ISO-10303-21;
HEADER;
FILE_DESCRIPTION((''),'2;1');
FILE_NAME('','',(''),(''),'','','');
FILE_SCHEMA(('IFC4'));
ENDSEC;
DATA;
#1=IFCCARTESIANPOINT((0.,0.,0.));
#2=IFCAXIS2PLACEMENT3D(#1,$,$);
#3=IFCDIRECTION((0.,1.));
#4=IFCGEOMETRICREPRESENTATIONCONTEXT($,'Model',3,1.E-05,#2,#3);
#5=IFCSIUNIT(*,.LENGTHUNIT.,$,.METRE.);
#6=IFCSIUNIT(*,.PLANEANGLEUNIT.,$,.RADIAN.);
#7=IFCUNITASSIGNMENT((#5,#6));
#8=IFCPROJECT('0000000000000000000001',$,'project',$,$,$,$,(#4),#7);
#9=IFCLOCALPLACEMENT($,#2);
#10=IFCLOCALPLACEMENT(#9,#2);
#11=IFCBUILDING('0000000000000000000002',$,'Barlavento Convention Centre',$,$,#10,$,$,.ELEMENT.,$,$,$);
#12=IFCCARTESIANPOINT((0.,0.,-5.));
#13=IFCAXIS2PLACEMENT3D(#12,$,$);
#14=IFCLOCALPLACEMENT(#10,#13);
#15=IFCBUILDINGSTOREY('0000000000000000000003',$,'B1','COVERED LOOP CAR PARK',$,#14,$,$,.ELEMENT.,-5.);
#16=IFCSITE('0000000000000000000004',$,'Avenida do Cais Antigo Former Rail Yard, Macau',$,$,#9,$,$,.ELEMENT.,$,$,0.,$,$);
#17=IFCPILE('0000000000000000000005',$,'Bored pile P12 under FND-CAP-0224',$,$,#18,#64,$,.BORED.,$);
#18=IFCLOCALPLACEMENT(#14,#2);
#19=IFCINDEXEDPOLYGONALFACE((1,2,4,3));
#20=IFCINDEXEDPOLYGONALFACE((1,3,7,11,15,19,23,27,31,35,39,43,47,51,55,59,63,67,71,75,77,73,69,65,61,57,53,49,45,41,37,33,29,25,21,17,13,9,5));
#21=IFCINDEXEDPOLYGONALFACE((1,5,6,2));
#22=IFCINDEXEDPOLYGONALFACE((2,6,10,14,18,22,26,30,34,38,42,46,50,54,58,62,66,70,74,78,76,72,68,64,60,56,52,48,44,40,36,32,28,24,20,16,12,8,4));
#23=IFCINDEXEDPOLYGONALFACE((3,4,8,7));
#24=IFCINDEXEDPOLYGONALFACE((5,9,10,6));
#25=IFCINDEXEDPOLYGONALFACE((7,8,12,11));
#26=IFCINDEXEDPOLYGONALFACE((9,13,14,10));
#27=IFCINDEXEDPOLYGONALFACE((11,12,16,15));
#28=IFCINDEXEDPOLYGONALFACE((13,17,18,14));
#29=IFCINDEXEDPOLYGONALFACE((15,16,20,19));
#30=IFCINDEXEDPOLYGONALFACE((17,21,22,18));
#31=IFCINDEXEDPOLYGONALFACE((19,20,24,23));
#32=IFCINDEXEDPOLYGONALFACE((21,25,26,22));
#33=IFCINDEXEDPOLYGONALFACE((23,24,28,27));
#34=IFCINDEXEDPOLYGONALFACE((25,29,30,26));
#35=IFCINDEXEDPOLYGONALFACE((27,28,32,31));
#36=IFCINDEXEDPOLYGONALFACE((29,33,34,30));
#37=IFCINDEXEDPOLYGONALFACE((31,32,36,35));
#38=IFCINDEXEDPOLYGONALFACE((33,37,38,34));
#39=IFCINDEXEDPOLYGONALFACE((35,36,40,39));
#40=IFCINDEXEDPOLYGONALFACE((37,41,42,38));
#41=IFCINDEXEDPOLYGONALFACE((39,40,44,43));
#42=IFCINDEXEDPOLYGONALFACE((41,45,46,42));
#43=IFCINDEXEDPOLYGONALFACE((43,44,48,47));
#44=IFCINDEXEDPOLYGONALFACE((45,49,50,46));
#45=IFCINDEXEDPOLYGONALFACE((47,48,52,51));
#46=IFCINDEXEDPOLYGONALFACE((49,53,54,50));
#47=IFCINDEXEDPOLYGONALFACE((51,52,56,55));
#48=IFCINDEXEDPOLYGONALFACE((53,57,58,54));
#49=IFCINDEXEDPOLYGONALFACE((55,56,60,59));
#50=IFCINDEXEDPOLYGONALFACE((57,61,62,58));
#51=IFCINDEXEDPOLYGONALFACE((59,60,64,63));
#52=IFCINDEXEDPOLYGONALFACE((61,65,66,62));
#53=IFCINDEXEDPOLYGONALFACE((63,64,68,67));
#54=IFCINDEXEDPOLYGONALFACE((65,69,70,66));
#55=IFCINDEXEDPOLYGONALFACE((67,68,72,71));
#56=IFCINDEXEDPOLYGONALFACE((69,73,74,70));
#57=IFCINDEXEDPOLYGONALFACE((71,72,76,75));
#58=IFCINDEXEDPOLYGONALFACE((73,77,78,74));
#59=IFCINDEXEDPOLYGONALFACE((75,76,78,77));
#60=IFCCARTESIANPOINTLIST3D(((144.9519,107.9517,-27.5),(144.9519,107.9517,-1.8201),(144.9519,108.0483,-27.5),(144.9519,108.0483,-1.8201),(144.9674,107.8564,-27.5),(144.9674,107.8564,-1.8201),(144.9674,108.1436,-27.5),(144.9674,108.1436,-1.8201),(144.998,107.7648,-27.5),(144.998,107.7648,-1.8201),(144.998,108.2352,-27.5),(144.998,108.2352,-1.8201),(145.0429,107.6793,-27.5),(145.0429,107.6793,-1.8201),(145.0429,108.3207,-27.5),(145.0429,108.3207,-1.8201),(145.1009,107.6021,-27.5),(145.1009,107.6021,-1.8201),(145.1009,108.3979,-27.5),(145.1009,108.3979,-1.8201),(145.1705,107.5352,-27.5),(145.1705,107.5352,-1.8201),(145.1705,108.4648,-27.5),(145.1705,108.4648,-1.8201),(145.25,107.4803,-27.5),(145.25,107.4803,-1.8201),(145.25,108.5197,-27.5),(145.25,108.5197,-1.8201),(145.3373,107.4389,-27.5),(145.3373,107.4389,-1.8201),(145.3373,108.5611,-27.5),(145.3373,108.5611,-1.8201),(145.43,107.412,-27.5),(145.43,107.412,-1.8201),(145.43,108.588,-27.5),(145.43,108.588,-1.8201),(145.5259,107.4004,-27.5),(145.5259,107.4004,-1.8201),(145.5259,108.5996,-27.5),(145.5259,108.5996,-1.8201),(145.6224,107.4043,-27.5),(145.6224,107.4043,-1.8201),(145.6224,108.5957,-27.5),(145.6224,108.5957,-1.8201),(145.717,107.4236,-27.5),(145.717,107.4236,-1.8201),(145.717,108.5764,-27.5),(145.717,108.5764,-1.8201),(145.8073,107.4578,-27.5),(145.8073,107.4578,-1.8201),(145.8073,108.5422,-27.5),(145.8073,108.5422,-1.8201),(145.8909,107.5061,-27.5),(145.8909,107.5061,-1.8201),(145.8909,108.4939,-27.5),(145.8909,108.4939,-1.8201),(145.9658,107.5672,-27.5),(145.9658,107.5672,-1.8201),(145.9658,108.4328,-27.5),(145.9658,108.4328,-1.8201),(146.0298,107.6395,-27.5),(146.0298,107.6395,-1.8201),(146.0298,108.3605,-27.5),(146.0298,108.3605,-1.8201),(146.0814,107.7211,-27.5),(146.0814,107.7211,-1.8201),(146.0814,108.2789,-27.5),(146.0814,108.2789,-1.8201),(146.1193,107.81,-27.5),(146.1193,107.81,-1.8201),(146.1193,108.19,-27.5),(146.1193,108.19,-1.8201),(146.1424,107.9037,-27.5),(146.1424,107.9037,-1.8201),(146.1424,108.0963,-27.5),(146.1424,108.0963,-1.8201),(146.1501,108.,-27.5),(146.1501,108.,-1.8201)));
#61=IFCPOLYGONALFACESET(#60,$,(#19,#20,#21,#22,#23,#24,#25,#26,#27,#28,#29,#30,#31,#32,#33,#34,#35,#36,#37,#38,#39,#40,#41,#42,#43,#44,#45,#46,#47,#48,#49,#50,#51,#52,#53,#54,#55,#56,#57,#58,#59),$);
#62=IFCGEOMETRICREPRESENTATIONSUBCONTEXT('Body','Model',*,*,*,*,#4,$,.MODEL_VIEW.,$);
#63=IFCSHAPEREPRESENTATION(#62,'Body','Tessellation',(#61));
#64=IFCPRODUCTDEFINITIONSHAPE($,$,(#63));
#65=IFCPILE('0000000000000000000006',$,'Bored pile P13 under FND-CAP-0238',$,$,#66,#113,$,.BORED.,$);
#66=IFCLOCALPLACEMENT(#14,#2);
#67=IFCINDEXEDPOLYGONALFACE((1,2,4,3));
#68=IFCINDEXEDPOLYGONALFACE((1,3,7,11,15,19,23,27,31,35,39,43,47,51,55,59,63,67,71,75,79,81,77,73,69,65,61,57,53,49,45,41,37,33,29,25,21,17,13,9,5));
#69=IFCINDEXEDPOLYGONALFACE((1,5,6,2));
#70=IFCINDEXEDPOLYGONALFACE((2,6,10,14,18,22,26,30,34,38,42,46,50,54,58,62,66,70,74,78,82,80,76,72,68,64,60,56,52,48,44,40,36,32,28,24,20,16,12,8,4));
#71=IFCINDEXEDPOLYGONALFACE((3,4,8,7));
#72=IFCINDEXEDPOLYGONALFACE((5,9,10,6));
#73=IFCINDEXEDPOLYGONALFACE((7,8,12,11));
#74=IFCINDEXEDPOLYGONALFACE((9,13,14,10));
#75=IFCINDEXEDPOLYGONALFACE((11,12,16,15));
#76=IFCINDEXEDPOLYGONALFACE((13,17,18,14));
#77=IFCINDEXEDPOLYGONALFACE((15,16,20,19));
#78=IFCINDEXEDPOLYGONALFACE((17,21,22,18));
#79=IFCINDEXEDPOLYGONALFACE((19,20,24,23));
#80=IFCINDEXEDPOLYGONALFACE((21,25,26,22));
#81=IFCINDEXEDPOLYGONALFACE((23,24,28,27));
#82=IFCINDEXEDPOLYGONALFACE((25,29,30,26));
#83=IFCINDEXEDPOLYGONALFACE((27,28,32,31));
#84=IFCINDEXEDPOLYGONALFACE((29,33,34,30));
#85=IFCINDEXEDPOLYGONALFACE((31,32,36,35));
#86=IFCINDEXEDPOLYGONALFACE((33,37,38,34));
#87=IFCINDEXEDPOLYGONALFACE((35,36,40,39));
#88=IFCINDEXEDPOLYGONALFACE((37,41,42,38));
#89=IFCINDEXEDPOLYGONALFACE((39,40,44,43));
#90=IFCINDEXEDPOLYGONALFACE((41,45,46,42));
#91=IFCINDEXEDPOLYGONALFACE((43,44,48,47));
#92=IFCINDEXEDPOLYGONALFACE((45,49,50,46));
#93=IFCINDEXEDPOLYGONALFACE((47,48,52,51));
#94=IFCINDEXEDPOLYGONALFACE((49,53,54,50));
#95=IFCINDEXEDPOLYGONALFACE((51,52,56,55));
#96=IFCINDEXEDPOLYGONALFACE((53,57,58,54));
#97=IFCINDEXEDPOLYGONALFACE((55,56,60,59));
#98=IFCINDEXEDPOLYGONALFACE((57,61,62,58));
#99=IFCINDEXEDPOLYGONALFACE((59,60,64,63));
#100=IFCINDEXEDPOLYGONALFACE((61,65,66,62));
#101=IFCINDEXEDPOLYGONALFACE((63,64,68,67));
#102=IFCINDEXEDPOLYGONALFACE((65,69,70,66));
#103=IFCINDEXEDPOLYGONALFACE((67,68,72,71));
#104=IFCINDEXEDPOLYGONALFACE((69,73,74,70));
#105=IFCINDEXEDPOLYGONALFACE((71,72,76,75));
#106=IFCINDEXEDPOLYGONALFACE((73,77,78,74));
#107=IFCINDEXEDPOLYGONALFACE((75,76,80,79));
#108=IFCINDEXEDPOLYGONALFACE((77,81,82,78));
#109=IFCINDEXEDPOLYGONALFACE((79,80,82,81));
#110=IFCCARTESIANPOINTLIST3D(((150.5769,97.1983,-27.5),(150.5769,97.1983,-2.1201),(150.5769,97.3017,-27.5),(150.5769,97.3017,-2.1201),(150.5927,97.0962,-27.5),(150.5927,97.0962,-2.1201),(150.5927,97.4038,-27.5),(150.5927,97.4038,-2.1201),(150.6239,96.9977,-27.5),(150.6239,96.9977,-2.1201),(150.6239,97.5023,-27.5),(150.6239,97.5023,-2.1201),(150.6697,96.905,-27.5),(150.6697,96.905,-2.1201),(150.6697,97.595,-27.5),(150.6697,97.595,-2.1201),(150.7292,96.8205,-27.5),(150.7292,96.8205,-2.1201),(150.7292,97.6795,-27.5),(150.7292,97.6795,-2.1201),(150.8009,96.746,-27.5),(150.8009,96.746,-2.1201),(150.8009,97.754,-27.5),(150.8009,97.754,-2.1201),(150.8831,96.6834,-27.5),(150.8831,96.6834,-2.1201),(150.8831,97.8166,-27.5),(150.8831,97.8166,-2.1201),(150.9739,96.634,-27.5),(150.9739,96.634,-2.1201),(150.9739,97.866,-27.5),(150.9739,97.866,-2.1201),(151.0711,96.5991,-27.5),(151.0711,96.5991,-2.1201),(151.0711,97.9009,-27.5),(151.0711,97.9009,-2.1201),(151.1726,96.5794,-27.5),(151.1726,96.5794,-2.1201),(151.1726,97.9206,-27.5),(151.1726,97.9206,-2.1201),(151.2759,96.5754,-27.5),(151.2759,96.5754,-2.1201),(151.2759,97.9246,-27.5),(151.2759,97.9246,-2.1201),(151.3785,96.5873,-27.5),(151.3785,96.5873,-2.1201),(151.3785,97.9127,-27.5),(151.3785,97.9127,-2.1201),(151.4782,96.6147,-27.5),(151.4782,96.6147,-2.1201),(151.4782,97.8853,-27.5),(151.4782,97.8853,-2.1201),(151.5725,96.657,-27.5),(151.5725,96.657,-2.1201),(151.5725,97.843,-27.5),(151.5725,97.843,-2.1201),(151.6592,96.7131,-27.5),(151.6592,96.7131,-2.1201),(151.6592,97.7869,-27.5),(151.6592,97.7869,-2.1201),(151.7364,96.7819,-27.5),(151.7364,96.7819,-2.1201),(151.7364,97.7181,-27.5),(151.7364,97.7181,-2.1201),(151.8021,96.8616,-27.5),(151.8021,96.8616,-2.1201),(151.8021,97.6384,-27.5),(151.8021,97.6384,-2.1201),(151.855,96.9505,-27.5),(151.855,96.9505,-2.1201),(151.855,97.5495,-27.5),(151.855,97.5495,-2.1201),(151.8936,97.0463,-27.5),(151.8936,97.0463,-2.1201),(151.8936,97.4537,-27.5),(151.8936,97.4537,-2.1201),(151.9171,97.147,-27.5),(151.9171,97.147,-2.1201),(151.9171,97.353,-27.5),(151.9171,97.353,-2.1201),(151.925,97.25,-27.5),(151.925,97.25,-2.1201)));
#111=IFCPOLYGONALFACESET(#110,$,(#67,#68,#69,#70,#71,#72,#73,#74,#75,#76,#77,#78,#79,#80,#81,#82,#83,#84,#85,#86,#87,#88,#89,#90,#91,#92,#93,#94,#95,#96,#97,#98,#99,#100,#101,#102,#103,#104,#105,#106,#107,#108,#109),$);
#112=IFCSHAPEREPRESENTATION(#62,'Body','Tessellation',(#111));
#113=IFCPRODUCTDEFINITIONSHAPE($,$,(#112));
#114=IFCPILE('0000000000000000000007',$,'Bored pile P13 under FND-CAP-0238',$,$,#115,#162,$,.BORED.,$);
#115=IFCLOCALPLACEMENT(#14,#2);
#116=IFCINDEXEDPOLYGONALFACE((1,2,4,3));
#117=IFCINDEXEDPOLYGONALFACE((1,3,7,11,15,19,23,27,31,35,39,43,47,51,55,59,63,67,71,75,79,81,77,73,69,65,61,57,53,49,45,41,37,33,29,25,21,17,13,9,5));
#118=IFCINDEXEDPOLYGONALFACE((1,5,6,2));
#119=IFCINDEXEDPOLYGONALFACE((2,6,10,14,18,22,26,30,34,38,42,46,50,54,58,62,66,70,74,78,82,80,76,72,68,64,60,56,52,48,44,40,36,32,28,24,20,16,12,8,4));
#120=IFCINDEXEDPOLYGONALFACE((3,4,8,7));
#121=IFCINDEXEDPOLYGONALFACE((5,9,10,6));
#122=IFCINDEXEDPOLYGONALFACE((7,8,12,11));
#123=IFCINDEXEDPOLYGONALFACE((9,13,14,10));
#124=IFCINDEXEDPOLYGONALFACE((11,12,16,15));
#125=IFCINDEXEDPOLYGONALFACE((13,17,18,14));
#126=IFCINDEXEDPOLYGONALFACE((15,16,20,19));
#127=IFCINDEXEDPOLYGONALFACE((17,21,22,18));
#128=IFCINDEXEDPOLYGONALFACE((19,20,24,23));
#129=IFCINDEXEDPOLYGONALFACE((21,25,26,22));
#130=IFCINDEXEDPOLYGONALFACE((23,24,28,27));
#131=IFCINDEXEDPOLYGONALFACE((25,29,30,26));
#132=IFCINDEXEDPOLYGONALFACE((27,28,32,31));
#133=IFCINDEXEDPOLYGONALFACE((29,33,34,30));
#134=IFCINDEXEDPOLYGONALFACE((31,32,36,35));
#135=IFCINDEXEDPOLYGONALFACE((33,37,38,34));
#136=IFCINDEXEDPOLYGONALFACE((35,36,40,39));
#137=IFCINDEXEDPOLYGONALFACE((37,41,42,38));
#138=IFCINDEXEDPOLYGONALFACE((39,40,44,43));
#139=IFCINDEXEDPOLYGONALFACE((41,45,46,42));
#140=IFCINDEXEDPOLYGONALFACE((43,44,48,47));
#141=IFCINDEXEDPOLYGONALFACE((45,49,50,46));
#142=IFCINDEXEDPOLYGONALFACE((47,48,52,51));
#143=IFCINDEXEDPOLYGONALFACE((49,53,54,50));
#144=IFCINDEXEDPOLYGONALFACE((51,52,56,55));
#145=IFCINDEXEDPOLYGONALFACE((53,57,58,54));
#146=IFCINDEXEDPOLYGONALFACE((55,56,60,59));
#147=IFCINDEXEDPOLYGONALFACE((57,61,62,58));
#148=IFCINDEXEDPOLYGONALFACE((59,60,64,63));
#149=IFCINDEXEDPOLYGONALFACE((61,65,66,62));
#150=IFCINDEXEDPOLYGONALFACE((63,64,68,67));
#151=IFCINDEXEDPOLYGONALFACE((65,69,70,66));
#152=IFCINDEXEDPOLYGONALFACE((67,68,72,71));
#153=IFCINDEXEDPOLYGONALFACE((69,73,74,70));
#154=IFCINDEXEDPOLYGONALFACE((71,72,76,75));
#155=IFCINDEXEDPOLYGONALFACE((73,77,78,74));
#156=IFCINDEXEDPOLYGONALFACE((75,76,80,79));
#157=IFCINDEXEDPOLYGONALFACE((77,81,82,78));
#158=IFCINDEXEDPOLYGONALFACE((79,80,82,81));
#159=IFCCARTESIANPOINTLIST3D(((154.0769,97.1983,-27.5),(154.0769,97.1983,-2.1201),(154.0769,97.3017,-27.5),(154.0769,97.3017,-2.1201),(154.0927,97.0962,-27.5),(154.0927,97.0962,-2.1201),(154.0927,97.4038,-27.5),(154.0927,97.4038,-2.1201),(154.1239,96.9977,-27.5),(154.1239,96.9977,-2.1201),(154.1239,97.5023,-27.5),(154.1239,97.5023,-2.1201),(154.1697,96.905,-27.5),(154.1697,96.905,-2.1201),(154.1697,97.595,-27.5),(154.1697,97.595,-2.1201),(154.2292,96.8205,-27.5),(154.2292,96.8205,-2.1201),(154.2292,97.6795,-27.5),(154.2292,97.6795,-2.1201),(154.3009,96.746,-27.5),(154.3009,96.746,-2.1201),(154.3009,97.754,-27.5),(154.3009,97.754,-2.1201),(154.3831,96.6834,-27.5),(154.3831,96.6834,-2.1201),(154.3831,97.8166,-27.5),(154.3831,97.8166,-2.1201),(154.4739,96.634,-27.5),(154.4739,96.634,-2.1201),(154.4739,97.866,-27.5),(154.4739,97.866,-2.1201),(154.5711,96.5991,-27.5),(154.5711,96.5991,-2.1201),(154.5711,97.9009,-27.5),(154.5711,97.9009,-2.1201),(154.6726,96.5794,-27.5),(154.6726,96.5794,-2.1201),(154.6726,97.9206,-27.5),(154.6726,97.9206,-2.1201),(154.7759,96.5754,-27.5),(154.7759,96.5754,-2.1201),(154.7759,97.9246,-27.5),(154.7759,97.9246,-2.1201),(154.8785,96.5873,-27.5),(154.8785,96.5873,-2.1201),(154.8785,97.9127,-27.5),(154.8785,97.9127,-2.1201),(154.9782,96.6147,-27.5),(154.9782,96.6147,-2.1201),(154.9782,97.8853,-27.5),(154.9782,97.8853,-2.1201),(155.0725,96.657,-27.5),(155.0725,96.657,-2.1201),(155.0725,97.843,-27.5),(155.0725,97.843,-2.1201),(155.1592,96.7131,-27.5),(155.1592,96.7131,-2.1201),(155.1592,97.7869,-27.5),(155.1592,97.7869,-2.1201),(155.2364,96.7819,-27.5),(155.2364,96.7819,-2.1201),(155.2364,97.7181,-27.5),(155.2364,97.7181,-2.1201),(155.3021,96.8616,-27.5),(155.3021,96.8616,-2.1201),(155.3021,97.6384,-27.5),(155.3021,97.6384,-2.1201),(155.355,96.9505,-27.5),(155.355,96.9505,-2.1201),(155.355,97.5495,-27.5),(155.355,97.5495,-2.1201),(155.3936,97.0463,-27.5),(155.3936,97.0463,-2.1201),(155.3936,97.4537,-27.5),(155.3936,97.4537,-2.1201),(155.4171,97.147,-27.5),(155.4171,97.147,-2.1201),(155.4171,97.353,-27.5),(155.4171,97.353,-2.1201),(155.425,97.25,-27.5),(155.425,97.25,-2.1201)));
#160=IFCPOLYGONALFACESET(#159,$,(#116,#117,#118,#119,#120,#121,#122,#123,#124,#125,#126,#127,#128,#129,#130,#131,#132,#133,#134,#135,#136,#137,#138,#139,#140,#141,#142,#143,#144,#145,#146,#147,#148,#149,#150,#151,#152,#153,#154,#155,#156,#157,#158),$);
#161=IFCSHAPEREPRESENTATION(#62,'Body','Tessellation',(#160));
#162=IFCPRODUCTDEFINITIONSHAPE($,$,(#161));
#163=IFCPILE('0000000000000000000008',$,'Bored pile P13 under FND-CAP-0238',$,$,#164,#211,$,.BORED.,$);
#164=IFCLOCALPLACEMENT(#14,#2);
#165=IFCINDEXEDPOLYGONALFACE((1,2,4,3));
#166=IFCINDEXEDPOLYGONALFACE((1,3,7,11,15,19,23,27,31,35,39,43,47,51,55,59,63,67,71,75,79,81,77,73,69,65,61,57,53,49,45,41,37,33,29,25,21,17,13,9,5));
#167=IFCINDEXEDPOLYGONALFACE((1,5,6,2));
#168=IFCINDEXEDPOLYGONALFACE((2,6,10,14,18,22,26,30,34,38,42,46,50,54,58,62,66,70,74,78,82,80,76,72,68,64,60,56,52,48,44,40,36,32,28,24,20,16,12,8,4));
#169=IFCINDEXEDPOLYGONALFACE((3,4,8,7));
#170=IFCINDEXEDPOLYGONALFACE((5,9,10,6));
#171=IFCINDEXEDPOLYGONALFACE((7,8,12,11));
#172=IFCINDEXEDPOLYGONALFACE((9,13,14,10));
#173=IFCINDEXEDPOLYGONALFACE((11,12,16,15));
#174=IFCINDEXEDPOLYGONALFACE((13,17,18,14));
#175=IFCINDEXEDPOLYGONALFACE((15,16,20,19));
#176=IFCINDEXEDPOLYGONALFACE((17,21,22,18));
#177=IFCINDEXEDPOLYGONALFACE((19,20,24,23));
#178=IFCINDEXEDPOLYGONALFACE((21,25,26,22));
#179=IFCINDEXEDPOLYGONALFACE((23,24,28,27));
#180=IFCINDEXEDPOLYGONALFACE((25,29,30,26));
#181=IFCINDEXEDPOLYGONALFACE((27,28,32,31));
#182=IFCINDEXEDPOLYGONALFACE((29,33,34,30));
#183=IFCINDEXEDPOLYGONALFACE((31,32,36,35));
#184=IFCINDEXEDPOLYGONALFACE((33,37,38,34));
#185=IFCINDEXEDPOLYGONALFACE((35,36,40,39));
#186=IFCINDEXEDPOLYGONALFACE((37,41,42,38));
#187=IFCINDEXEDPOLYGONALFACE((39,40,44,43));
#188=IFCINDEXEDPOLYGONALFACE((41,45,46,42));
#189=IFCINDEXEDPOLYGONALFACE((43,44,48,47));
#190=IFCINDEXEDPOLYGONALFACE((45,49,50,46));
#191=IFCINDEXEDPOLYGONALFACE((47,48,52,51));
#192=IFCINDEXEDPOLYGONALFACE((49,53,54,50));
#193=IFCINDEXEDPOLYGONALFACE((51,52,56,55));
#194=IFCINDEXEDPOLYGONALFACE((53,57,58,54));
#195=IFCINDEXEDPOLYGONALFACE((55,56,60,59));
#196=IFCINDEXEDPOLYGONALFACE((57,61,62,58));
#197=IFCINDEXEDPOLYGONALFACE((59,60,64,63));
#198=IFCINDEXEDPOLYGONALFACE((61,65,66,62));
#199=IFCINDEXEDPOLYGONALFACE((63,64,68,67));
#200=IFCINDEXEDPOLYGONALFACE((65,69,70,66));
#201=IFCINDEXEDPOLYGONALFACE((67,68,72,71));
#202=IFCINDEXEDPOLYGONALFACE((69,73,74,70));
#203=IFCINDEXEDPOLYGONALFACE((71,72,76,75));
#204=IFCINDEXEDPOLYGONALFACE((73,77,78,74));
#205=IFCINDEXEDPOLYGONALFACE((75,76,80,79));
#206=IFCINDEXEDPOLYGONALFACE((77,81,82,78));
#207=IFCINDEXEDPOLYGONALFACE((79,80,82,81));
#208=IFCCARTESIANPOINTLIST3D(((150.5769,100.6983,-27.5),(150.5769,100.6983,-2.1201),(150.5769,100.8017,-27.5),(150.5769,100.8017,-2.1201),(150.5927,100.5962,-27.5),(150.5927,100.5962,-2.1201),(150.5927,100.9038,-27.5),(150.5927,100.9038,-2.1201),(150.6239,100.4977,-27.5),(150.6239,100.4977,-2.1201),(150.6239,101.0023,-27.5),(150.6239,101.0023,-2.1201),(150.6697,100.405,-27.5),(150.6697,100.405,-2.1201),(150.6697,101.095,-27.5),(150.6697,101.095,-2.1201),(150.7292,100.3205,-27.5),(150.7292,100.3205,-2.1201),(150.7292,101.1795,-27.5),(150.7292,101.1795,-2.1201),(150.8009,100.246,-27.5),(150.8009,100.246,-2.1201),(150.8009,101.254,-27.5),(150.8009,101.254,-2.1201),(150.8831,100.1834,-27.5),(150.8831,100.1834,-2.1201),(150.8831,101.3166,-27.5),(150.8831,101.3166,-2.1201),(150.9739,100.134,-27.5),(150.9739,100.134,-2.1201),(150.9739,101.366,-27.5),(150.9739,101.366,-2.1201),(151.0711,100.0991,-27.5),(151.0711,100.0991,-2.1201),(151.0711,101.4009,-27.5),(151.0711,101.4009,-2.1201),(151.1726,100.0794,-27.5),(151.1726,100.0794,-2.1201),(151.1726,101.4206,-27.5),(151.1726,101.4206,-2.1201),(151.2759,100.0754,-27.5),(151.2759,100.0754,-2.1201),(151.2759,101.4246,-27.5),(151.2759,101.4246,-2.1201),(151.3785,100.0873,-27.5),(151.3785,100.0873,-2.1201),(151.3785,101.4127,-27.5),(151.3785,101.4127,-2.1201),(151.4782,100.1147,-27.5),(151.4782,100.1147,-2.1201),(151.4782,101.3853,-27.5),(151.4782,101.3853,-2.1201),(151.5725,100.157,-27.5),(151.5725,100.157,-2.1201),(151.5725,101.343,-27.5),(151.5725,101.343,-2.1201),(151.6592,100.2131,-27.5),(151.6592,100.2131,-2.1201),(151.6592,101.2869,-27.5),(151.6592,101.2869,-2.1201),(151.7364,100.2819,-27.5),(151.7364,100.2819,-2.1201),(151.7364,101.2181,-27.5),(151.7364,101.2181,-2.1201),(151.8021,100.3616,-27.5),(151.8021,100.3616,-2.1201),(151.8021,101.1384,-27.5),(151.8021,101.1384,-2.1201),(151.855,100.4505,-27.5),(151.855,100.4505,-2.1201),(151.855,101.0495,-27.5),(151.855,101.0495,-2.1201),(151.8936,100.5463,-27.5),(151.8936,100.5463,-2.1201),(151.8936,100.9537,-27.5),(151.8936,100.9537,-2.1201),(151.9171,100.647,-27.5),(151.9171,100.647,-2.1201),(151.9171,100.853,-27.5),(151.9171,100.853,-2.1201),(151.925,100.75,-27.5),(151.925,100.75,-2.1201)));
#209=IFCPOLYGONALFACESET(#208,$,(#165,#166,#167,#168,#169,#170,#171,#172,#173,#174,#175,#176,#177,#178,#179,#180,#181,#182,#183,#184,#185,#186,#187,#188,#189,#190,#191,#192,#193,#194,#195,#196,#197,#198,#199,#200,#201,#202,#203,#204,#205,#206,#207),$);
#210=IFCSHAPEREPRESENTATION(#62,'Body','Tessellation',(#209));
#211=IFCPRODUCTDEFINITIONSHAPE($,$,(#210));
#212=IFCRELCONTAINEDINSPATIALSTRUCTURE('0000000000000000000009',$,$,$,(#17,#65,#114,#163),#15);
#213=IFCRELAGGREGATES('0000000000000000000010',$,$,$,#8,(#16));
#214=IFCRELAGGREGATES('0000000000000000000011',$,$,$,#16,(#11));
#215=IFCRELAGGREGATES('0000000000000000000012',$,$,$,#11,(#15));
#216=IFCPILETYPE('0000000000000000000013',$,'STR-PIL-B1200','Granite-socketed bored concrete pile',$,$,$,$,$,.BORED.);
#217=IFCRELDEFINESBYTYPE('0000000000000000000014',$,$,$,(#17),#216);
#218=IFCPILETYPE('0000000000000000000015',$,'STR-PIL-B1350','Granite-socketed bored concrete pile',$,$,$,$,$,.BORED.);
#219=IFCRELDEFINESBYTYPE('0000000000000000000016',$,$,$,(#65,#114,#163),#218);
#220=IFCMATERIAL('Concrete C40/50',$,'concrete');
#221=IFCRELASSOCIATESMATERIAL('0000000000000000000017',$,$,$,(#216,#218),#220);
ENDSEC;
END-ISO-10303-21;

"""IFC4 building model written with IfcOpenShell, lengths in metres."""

from ifc_helpers import new_model, si_unit, direction, frame, origin, origin_2d, place, context, subcontext, project, spatial, circle, extrude, material, material_profile, profile_set, type_object, element, save


model = new_model("IFC4")

# Units and contexts
model_context = context("Model", 3, precision=1e-05, world=origin(), true_north=direction((0.0, 1.0)))
body_context = subcontext(model_context, "Body", "Model", "MODEL_VIEW")
ifc_project = project(units=[si_unit("LENGTHUNIT", "METRE"), si_unit("PLANEANGLEUNIT", "RADIAN")], contexts=[model_context])

# Site, building, storey
site_placement = place(None, origin())
site = spatial("IfcSite", under=ifc_project, at=site_placement, Name="Avenida do Cais Antigo Former Rail Yard, Macau", CompositionType="ELEMENT", RefElevation=0.0)
building_placement = place(site_placement, origin())
building = spatial("IfcBuilding", under=site, at=building_placement, Name="Barlavento Convention Centre", CompositionType="ELEMENT")
storey_placement = place(building_placement, frame((0.0, 0.0, -5.0)))
storey = spatial("IfcBuildingStorey", under=building, at=storey_placement, Name="B1", Description="COVERED LOOP CAR PARK", CompositionType="ELEMENT", Elevation=-5.0)

# Shared definitions
ifc_material_1 = material(Name="Concrete C40/50", Category="concrete")

# Piles
ifc_material_profile_1 = material_profile(ifc_material_1, circle(Radius=0.6001, at=origin_2d()), Name="BORED PILE 1200")
ifc_profile_set_1 = profile_set([ifc_material_profile_1], Name="Concrete C40/50")
pile_type_1 = type_object("IfcPileType", Name="STR-PIL-B1200", Description="Granite-socketed bored concrete pile", PredefinedType="BORED", material=ifc_profile_set_1)
pile_1_placement = place(storey_placement, frame((145.55, 108.0, -1.8201), z_axis=(0.0, 0.0, -1.0), x_axis=(1.0, 0.0, 0.0)))
element("IfcPile", 1, at=pile_1_placement, inside=storey, type_object=pile_type_1, Name="Bored pile P12 under FND-CAP-0224", PredefinedType="BORED", context=body_context, shape_type="SweptSolid", body=[
    extrude(circle(Radius=0.6001, at=origin_2d()), origin(), (0.0, 0.0, 1.0), 25.6799),
])
ifc_material_profile_2 = material_profile(ifc_material_1, circle(Radius=0.675, at=origin_2d()), Name="BORED PILE 1350")
ifc_profile_set_2 = profile_set([ifc_material_profile_2], Name="Concrete C40/50")
pile_type_2 = type_object("IfcPileType", Name="STR-PIL-B1350", Description="Granite-socketed bored concrete pile", PredefinedType="BORED", material=ifc_profile_set_2)
for number, where, z_axis, x_axis, name in (
    (2, (151.25, 97.25, -2.1201), (0.0, 0.0, -1.0), (1.0, 0.0, 0.0), "Bored pile P13 under FND-CAP-0238"),
    (3, (154.75, 97.25, -2.1201), (0.0, 0.0, -1.0), (1.0, 0.0, 0.0), "Bored pile P13 under FND-CAP-0238"),
    (4, (151.25, 100.75, -2.1201), (0.0, 0.0, -1.0), (1.0, 0.0, 0.0), "Bored pile P13 under FND-CAP-0238"),
):
    element("IfcPile", number, at=place(storey_placement, frame(where, z_axis=z_axis, x_axis=x_axis)), inside=storey, type_object=pile_type_2, Name=name, PredefinedType="BORED", context=body_context, shape_type="SweptSolid", body=[
        extrude(circle(Radius=0.675, at=origin_2d()), origin(), (0.0, 0.0, 1.0), 25.3799),
    ])

save(model, "model.ifc")
